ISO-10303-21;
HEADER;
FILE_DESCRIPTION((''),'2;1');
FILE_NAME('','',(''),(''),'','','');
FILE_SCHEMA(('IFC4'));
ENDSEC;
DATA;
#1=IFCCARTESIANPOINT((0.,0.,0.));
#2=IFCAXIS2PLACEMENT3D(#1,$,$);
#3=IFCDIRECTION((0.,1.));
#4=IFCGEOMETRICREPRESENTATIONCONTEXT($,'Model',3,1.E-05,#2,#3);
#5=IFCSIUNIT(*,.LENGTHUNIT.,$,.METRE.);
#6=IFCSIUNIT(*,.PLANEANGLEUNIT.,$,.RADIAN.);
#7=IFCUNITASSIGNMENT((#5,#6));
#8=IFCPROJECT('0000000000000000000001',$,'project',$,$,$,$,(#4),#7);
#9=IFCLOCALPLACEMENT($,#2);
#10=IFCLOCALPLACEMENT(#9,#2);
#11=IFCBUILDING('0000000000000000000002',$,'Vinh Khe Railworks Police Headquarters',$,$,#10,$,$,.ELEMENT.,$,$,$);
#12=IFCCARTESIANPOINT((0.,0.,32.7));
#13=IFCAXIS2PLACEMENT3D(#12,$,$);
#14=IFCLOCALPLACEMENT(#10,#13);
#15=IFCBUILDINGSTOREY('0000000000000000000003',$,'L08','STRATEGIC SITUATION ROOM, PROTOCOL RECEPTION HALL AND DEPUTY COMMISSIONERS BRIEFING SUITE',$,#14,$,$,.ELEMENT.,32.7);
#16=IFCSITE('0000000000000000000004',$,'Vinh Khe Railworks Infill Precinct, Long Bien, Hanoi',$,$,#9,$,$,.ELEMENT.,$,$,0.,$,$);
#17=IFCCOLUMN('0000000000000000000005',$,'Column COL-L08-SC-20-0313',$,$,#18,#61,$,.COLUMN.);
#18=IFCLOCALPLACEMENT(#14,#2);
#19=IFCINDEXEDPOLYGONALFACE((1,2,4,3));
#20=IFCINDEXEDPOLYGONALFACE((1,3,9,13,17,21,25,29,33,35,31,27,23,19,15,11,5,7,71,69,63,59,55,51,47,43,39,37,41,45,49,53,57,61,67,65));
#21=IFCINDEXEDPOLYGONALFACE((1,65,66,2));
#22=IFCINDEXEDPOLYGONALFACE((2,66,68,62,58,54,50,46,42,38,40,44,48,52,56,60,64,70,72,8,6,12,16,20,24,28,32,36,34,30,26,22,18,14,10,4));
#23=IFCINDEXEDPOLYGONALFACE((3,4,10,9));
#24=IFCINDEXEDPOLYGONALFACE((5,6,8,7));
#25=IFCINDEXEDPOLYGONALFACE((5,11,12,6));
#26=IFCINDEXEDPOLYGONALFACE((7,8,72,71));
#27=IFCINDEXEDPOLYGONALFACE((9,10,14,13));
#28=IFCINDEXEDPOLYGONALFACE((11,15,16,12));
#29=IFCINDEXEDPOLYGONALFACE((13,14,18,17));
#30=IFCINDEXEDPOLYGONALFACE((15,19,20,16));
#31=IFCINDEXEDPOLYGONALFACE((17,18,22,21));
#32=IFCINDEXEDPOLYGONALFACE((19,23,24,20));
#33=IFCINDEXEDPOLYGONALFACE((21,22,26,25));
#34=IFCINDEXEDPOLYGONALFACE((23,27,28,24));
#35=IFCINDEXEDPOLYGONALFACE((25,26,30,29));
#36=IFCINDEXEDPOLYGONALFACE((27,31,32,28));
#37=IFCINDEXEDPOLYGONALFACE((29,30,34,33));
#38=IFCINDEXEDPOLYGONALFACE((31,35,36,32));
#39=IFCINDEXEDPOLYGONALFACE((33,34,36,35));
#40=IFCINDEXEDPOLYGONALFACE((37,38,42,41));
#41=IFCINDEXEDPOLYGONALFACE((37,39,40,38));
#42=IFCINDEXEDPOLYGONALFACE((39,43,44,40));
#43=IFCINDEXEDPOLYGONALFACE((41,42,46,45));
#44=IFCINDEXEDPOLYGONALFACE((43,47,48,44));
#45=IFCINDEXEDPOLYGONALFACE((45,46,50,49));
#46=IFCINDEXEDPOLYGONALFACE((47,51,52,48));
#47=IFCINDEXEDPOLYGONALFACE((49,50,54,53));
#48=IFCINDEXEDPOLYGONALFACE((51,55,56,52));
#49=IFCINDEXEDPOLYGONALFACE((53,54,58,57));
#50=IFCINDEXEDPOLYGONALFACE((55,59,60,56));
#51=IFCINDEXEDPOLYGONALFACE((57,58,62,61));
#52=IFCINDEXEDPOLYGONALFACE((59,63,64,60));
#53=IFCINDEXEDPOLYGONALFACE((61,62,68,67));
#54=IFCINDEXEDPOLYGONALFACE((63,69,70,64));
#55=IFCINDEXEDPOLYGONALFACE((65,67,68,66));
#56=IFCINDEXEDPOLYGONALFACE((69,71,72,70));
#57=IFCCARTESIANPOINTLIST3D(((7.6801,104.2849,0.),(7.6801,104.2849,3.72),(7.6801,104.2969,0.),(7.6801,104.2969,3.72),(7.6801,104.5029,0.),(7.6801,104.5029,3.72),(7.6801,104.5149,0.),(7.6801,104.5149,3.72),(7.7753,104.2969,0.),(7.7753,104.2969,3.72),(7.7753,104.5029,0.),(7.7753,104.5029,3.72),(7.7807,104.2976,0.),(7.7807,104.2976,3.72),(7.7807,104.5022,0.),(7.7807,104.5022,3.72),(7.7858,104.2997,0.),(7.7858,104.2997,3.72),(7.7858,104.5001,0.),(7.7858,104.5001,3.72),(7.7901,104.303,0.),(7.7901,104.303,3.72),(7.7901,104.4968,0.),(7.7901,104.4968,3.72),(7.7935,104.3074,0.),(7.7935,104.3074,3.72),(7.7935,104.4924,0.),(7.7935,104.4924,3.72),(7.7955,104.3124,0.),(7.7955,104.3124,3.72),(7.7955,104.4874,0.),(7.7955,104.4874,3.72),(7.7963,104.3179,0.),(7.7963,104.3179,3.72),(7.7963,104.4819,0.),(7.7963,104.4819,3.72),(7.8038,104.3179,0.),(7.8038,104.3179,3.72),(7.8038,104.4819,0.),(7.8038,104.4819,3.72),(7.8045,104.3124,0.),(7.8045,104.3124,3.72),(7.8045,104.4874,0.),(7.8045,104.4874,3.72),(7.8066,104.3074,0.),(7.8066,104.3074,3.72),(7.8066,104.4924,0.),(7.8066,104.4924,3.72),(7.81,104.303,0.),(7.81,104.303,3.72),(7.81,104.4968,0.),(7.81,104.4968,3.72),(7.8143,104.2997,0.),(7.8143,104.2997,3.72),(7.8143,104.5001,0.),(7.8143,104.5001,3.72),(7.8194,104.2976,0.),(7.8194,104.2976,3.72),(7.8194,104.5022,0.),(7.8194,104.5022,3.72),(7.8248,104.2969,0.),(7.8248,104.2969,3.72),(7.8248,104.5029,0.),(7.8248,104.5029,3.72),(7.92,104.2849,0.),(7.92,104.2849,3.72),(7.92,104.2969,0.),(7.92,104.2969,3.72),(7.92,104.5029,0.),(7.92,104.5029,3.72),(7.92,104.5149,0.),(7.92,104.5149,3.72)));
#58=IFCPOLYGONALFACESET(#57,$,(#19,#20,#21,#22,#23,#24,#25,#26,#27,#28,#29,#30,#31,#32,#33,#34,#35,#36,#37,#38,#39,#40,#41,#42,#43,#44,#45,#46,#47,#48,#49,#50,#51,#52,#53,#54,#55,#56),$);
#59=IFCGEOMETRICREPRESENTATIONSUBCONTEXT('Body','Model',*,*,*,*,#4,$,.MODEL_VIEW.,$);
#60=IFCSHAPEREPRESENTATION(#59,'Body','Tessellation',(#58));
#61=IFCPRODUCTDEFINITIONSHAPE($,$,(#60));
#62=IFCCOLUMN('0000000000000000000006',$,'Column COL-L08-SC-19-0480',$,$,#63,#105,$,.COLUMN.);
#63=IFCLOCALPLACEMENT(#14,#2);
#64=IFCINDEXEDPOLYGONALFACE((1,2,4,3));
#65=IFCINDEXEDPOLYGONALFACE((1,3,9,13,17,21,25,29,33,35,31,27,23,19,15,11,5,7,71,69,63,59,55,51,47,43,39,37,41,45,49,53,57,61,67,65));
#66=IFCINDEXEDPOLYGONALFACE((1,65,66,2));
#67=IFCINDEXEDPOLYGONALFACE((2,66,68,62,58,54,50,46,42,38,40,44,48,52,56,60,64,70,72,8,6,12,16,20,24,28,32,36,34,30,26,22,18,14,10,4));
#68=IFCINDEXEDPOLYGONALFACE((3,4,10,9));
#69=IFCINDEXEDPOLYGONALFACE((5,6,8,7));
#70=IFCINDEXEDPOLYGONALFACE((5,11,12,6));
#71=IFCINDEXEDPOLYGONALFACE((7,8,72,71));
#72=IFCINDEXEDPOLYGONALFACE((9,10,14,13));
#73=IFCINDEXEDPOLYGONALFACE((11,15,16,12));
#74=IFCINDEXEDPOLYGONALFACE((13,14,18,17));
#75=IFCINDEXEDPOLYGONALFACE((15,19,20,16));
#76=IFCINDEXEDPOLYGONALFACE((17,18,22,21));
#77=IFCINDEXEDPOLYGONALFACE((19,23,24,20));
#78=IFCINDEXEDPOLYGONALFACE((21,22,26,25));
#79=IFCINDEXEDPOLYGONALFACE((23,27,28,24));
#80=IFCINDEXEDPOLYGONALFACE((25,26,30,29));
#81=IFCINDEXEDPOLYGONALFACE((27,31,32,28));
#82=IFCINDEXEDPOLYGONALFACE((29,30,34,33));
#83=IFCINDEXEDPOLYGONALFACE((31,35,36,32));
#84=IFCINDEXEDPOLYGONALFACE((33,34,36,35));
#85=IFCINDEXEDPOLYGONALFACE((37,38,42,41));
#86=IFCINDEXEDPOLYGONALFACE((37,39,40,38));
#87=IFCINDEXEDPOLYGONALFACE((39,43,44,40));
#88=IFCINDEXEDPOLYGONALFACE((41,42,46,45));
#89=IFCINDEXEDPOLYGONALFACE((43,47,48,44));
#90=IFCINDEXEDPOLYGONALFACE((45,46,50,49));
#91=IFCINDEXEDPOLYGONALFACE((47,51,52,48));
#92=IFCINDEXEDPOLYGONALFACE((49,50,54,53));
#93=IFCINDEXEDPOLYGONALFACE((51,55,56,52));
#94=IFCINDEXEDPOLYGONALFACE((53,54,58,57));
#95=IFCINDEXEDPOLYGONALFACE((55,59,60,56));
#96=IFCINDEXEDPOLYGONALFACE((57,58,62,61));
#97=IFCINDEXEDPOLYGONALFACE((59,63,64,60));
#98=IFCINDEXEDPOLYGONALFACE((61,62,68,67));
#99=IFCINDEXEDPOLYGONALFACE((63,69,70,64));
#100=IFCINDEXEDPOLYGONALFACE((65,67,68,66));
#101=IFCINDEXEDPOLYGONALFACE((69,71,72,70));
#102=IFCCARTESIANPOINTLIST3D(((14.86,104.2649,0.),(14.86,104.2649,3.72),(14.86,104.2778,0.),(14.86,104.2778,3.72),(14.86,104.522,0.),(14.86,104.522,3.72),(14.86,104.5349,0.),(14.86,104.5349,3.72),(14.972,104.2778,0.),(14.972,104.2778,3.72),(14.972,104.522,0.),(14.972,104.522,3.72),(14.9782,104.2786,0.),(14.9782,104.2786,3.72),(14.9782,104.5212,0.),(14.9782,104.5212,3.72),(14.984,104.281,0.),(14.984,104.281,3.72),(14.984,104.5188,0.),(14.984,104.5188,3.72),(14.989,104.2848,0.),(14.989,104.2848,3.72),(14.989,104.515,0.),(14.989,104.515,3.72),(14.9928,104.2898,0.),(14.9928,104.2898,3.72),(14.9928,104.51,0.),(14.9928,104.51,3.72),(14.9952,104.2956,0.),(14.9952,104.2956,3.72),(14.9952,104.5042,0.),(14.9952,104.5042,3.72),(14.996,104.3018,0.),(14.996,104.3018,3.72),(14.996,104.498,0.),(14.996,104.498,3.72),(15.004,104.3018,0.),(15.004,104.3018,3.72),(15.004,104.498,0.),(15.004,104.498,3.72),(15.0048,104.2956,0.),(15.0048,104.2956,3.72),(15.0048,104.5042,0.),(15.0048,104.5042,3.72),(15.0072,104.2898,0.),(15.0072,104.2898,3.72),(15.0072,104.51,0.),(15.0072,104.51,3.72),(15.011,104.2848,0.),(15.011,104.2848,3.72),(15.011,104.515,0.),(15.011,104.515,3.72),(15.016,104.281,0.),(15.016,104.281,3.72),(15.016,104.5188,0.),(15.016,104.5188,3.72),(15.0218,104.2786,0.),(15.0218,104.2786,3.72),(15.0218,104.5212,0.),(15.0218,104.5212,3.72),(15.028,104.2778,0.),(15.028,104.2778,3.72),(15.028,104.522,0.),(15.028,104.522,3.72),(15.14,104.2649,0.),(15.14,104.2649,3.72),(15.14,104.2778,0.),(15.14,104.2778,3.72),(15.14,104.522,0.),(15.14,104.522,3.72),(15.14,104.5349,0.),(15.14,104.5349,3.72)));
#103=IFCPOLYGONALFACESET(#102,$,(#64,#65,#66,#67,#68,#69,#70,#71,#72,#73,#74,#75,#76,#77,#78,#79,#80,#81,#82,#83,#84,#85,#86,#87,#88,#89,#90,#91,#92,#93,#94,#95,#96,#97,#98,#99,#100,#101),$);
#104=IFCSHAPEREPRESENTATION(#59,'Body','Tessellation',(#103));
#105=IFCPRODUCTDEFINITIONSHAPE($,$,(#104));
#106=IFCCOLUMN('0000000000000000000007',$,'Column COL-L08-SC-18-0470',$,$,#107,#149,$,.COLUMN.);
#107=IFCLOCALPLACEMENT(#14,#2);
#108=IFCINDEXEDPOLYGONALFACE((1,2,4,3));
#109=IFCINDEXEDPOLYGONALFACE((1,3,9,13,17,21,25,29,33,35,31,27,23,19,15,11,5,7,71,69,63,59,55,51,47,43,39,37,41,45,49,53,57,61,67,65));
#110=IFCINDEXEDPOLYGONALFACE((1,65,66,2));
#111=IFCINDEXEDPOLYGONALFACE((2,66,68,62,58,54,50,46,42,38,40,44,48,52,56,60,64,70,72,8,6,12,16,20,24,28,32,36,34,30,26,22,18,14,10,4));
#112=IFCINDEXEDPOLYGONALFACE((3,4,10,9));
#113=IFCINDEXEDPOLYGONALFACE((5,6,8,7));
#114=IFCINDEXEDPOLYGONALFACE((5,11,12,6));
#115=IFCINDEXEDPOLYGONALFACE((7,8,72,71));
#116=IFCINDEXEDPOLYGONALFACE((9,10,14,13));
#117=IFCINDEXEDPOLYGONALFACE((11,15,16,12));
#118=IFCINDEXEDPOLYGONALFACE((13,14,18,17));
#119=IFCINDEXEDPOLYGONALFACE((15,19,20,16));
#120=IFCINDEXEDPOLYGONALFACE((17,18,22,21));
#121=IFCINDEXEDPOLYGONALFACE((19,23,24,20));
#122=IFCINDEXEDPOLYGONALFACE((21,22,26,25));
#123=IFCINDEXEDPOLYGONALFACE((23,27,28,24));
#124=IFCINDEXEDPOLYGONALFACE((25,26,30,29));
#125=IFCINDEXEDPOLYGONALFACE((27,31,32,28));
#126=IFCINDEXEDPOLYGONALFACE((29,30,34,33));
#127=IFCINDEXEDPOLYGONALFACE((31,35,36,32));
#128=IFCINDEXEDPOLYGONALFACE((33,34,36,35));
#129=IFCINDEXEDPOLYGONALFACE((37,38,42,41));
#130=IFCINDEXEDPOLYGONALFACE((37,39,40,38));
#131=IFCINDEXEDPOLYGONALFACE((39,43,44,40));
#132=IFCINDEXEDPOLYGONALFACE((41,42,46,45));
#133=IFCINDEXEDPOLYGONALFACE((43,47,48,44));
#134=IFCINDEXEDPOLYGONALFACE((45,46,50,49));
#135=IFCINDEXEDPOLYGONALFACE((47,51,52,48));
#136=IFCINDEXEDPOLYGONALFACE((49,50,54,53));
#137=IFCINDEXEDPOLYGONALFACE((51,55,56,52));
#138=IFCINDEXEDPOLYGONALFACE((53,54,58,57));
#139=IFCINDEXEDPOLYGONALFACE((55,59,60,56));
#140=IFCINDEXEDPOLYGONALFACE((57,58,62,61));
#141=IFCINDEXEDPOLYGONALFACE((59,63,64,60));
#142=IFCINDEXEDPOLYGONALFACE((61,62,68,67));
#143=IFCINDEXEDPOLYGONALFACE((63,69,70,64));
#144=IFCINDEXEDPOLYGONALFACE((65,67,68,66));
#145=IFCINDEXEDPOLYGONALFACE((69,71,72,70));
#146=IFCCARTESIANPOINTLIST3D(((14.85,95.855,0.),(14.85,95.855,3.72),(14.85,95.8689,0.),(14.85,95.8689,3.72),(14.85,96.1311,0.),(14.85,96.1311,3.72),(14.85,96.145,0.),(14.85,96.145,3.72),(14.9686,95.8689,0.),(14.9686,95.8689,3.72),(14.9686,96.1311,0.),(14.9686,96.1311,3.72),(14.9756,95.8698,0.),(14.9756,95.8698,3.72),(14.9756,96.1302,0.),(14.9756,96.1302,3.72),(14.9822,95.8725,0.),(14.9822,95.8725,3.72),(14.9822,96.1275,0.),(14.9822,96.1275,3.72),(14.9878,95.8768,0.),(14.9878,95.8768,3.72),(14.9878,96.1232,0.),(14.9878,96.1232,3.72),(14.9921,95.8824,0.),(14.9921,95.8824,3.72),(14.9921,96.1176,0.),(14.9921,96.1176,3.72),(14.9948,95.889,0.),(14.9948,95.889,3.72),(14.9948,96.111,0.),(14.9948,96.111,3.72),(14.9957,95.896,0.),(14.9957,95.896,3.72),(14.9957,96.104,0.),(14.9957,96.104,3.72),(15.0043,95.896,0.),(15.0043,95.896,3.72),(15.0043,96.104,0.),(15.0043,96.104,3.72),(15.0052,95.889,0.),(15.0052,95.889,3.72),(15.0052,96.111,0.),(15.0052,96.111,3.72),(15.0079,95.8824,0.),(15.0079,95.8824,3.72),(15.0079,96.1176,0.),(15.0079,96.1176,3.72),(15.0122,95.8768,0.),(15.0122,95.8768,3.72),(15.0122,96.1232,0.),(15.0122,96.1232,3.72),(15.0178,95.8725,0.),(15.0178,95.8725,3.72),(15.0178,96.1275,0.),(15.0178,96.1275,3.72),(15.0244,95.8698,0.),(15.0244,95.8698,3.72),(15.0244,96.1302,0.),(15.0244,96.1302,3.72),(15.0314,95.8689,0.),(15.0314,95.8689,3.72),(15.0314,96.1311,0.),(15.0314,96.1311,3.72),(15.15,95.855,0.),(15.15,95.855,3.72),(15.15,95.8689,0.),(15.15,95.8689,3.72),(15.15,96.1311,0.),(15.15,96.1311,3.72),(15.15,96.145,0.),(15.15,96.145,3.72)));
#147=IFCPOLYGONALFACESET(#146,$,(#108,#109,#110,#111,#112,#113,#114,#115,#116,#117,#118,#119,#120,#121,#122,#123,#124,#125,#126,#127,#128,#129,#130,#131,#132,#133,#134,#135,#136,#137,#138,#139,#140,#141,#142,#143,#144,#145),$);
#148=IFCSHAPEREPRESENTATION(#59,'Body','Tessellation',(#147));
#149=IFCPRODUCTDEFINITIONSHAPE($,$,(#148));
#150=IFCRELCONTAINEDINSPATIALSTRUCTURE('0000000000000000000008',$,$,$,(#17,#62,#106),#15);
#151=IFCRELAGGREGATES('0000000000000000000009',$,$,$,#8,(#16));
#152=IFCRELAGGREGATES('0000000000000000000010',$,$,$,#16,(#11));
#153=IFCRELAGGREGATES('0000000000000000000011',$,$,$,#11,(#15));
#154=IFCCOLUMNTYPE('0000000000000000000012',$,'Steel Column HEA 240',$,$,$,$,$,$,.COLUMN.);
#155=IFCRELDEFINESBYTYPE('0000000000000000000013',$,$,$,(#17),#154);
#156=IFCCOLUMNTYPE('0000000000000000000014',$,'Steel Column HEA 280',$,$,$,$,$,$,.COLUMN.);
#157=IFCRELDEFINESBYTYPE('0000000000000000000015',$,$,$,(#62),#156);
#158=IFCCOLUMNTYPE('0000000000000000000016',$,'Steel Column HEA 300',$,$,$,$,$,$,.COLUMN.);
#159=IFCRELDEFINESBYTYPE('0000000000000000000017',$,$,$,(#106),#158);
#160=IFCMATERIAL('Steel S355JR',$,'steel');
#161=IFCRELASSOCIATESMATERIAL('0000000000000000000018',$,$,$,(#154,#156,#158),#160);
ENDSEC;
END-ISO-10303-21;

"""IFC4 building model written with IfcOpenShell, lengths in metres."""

from ifc_helpers import new_model, si_unit, direction, frame, origin, origin_2d, place, context, subcontext, project, spatial, i_section, extrude, material, material_profile, profile_set, type_object, element, save


model = new_model("IFC4")

# Units and contexts
model_context = context("Model", 3, precision=1e-05, world=origin(), true_north=direction((0.0, 1.0)))
body_context = subcontext(model_context, "Body", "Model", "MODEL_VIEW")
ifc_project = project(units=[si_unit("LENGTHUNIT", "METRE"), si_unit("PLANEANGLEUNIT", "RADIAN")], contexts=[model_context])

# Site, building, storey
site_placement = place(None, origin())
site = spatial("IfcSite", under=ifc_project, at=site_placement, Name="Vinh Khe Railworks Infill Precinct, Long Bien, Hanoi", CompositionType="ELEMENT", RefElevation=0.0)
building_placement = place(site_placement, origin())
building = spatial("IfcBuilding", under=site, at=building_placement, Name="Vinh Khe Railworks Police Headquarters", CompositionType="ELEMENT")
storey_placement = place(building_placement, frame((0.0, 0.0, 32.7)))
storey = spatial("IfcBuildingStorey", under=building, at=storey_placement, Name="L08", Description="STRATEGIC SITUATION ROOM, PROTOCOL RECEPTION HALL AND DEPUTY COMMISSIONERS BRIEFING SUITE", CompositionType="ELEMENT", Elevation=32.7)

# Columns
ifc_material_1 = material(Name="Steel S355JR", Category="steel")
ifc_material_profile_1 = material_profile(ifc_material_1, i_section(OverallWidth=0.24, OverallDepth=0.23, WebThickness=0.0076, FlangeThickness=0.012, FilletRadius=0.021, at=origin_2d()), Name="HEA 240")
ifc_profile_set_1 = profile_set([ifc_material_profile_1], Name="Steel S355JR")
column_type_1 = type_object("IfcColumnType", Name="Steel Column HEA 240", PredefinedType="COLUMN", material=ifc_profile_set_1)
column_1_placement = place(storey_placement, frame((7.8, 104.3999, 0.0), z_axis=(0.0, 0.0, 1.0), x_axis=(1.0, 0.0, 0.0)))
element("IfcColumn", 1, at=column_1_placement, inside=storey, type_object=column_type_1, Name="Column COL-L08-SC-20-0313", PredefinedType="COLUMN", context=body_context, shape_type="SweptSolid", body=[
    extrude(i_section(OverallWidth=0.24, OverallDepth=0.23, WebThickness=0.0076, FlangeThickness=0.012, FilletRadius=0.021, at=origin_2d()), origin(), (0.0, 0.0, 1.0), 3.72),
])
ifc_material_profile_2 = material_profile(ifc_material_1, i_section(OverallWidth=0.28, OverallDepth=0.27, WebThickness=0.0081, FlangeThickness=0.0129, FilletRadius=0.0239, at=origin_2d()), Name="HEA 280")
ifc_profile_set_2 = profile_set([ifc_material_profile_2], Name="Steel S355JR")
column_type_2 = type_object("IfcColumnType", Name="Steel Column HEA 280", PredefinedType="COLUMN", material=ifc_profile_set_2)
column_2_placement = place(storey_placement, frame((15.0, 104.3999, 0.0), z_axis=(0.0, 0.0, 1.0), x_axis=(1.0, 0.0, 0.0)))
element("IfcColumn", 2, at=column_2_placement, inside=storey, type_object=column_type_2, Name="Column COL-L08-SC-19-0480", PredefinedType="COLUMN", context=body_context, shape_type="SweptSolid", body=[
    extrude(i_section(OverallWidth=0.28, OverallDepth=0.27, WebThickness=0.0081, FlangeThickness=0.0129, FilletRadius=0.0239, at=origin_2d()), origin(), (0.0, 0.0, 1.0), 3.72),
])
ifc_material_profile_3 = material_profile(ifc_material_1, i_section(OverallWidth=0.3, OverallDepth=0.29, WebThickness=0.0085, FlangeThickness=0.0139, FilletRadius=0.0271, at=origin_2d()), Name="HEA 300")
ifc_profile_set_3 = profile_set([ifc_material_profile_3], Name="Steel S355JR")
column_type_3 = type_object("IfcColumnType", Name="Steel Column HEA 300", PredefinedType="COLUMN", material=ifc_profile_set_3)
column_3_placement = place(storey_placement, frame((15.0, 96.0, 0.0), z_axis=(0.0, 0.0, 1.0), x_axis=(1.0, 0.0, 0.0)))
element("IfcColumn", 3, at=column_3_placement, inside=storey, type_object=column_type_3, Name="Column COL-L08-SC-18-0470", PredefinedType="COLUMN", context=body_context, shape_type="SweptSolid", body=[
    extrude(i_section(OverallWidth=0.3, OverallDepth=0.29, WebThickness=0.0085, FlangeThickness=0.0139, FilletRadius=0.0271, at=origin_2d()), origin(), (0.0, 0.0, 1.0), 3.72),
])

save(model, "model.ifc")
